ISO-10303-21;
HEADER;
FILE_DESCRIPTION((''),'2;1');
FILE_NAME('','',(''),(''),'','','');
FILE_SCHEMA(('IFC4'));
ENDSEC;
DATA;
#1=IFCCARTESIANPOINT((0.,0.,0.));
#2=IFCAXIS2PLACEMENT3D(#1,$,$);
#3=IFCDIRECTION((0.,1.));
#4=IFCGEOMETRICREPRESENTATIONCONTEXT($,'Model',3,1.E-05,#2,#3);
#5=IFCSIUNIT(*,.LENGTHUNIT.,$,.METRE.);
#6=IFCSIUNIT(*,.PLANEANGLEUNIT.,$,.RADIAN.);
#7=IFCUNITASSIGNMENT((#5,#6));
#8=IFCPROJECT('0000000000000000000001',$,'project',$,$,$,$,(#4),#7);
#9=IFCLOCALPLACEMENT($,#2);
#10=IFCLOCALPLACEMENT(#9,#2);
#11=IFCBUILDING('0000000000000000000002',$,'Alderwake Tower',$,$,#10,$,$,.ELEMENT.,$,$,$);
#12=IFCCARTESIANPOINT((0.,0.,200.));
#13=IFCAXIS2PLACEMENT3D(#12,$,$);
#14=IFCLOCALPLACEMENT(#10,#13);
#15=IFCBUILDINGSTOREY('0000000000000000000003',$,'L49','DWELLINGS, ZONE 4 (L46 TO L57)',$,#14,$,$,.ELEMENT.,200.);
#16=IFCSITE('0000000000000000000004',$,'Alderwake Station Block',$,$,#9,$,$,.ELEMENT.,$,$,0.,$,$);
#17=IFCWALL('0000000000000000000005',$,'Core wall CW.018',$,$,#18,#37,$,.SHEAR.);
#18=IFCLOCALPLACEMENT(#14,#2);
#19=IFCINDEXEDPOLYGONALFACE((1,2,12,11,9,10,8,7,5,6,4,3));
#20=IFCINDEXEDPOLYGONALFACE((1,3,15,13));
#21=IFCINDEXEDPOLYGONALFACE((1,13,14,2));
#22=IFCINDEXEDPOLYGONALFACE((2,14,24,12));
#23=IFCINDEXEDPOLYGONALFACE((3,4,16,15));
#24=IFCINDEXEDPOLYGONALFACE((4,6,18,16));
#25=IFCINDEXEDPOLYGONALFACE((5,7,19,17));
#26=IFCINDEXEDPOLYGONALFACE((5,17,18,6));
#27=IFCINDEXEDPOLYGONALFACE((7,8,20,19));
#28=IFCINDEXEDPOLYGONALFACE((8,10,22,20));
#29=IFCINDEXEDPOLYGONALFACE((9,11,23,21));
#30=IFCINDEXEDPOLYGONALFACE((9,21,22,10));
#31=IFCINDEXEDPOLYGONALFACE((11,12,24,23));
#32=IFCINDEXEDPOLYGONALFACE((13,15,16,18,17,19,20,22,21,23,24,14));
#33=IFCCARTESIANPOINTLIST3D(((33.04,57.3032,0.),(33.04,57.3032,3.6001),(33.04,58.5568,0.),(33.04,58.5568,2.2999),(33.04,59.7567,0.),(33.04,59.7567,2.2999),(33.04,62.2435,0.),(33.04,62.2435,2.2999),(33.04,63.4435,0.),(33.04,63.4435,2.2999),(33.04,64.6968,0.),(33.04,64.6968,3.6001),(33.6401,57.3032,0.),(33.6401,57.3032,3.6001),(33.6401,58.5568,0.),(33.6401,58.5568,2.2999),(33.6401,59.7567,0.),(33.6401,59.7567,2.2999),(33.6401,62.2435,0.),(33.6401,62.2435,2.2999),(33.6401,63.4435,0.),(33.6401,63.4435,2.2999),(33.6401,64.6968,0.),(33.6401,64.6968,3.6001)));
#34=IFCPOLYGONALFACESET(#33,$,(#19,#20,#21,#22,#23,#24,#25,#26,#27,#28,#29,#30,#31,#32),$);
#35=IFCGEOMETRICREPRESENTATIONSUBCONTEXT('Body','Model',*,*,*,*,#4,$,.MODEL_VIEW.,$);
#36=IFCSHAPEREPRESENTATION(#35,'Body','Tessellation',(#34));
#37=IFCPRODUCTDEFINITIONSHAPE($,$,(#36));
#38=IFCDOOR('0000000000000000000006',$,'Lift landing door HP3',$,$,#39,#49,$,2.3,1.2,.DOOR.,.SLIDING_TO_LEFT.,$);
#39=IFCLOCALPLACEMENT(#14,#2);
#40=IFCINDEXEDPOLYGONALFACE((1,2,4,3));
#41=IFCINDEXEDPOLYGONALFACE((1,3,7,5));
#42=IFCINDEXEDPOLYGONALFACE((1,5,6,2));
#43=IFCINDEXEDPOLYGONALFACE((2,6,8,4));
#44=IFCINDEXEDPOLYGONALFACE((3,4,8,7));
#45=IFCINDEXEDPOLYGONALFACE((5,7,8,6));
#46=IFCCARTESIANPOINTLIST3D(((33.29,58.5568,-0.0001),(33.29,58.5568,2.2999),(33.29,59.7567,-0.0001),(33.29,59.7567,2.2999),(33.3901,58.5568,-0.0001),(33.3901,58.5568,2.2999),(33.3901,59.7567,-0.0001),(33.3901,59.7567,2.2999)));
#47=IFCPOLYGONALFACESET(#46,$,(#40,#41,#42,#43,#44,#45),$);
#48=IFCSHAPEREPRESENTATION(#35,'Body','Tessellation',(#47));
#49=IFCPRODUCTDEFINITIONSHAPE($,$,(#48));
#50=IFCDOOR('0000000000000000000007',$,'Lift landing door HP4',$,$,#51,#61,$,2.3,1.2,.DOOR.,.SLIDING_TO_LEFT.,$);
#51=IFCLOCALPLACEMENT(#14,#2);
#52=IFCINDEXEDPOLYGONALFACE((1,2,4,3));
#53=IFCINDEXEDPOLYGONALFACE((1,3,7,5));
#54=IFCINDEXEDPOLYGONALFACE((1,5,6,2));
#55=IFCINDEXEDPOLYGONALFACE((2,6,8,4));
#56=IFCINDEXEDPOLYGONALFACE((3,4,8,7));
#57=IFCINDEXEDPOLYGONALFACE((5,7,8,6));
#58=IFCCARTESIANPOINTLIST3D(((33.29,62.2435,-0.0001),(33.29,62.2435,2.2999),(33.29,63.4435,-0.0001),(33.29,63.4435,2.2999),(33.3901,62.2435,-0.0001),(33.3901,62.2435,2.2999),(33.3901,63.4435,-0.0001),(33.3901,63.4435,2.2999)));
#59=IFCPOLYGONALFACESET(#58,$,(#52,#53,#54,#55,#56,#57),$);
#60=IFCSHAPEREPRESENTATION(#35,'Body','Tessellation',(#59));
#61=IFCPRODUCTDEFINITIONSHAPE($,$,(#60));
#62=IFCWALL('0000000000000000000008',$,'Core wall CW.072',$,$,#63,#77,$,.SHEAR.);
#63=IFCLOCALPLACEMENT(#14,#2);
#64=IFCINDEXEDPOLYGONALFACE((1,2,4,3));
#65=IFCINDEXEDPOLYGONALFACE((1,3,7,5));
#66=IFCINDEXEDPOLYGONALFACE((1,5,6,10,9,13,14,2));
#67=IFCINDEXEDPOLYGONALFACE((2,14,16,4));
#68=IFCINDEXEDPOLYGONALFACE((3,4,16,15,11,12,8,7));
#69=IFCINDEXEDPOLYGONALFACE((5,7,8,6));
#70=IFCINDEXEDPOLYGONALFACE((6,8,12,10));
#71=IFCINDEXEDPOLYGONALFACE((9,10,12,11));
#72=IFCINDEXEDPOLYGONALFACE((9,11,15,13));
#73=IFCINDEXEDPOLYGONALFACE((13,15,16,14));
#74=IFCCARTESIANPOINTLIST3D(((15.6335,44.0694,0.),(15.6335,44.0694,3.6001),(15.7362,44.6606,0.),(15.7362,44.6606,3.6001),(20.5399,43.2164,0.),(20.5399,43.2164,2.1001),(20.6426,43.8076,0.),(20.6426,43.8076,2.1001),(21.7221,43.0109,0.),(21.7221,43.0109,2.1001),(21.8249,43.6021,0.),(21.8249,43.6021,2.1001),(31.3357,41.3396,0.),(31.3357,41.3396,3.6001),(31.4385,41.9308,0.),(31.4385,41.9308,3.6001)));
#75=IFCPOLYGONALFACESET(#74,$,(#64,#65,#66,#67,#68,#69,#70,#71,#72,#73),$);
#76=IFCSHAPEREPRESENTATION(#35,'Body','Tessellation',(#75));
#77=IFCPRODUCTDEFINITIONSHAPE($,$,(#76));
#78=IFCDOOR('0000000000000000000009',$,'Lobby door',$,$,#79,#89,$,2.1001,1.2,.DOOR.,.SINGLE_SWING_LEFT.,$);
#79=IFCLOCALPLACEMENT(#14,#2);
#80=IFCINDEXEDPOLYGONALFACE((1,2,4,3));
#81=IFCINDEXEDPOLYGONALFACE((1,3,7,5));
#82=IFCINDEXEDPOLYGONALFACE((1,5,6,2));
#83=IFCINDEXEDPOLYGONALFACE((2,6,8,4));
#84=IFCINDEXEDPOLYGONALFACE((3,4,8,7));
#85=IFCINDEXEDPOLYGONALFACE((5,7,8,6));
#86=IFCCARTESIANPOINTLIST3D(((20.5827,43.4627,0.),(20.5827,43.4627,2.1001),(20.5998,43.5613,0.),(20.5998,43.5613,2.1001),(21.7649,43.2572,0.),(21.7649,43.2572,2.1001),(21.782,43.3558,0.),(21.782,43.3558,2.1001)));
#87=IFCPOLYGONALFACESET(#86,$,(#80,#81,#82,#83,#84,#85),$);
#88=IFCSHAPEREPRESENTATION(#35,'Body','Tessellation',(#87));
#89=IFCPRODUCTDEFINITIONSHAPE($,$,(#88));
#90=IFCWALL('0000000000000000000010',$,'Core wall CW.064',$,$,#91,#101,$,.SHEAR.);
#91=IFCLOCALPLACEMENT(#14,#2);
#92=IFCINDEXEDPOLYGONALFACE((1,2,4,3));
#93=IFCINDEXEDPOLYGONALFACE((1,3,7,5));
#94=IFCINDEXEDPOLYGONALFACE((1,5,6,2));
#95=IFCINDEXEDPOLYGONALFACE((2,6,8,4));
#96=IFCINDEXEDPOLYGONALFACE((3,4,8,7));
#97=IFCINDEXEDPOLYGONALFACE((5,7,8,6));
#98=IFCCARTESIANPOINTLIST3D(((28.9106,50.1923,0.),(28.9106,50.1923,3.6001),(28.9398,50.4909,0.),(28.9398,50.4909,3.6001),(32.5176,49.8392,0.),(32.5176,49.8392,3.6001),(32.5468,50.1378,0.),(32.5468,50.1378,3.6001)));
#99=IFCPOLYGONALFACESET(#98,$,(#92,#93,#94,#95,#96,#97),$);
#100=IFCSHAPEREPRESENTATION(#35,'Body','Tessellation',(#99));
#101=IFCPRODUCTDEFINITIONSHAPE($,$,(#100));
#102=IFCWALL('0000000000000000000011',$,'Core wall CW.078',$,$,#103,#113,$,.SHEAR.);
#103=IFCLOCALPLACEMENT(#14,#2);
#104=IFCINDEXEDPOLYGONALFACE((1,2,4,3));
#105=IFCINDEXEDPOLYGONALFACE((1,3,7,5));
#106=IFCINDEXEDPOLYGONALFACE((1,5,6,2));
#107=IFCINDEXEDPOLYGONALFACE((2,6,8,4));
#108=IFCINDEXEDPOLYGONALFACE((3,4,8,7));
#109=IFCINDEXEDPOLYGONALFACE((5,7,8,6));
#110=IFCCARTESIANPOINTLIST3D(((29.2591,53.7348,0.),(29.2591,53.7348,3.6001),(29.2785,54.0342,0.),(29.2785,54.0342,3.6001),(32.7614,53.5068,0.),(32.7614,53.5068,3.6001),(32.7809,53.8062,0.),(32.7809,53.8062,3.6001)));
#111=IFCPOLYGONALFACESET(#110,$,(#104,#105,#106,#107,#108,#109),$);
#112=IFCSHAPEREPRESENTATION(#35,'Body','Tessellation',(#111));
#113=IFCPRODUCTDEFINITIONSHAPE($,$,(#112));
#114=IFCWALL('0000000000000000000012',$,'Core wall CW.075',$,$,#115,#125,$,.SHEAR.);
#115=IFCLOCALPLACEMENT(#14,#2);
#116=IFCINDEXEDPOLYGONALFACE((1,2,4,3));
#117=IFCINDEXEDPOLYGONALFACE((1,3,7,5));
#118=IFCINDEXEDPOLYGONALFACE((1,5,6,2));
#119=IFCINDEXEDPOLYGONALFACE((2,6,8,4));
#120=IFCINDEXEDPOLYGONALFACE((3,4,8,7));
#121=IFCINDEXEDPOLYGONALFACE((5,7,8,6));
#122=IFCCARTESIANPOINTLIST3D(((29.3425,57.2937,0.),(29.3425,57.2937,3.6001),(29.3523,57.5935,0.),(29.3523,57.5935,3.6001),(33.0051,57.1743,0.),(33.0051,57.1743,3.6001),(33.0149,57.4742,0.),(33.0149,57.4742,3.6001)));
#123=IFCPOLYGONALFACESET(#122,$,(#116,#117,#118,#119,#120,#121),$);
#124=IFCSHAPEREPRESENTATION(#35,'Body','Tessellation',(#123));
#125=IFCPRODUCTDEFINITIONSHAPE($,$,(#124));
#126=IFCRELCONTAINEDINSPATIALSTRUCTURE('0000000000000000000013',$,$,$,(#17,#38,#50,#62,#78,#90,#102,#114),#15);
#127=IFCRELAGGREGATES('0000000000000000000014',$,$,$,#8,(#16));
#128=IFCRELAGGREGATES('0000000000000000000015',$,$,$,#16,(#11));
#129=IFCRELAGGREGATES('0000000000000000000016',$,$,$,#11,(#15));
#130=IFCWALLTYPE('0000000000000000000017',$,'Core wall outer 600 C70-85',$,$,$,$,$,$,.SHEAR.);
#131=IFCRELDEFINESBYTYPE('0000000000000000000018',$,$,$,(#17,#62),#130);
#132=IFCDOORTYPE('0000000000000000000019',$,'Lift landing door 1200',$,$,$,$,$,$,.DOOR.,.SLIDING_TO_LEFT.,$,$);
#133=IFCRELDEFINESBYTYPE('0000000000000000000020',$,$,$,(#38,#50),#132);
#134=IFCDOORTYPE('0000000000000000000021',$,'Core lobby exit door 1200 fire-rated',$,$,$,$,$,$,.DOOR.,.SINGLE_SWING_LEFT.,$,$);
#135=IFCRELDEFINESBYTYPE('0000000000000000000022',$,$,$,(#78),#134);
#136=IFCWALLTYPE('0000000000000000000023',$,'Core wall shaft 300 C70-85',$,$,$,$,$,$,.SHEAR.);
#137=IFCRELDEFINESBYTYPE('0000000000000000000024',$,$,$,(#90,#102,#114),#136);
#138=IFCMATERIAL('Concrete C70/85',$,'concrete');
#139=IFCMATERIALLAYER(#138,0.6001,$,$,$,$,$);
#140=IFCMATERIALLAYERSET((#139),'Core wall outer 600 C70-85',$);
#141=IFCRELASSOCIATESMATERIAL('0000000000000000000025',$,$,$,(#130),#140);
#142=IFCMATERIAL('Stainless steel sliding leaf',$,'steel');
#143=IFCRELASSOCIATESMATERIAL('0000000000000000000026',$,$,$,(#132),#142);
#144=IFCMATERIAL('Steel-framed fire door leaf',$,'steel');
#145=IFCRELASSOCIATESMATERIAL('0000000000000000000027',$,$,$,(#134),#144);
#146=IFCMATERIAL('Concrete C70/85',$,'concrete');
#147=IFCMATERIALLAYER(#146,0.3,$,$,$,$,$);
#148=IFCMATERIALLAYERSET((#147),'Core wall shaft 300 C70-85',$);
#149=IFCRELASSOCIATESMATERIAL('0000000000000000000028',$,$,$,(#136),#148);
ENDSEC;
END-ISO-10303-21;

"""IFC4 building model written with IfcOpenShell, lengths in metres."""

from ifc_helpers import new_model, si_unit, direction, frame, frame_2d, origin, place, context, subcontext, project, spatial, rectangle, extrude, material, layer, layer_set, type_object, element, fill, save


model = new_model("IFC4")

# Units and contexts
model_context = context("Model", 3, precision=1e-05, world=origin(), true_north=direction((0.0, 1.0)))
body_context = subcontext(model_context, "Body", "Model", "MODEL_VIEW")
ifc_project = project(units=[si_unit("LENGTHUNIT", "METRE"), si_unit("PLANEANGLEUNIT", "RADIAN")], contexts=[model_context])

# Site, building, storey
site_placement = place(None, origin())
site = spatial("IfcSite", under=ifc_project, at=site_placement, Name="Alderwake Station Block", CompositionType="ELEMENT", RefElevation=0.0)
building_placement = place(site_placement, origin())
building = spatial("IfcBuilding", under=site, at=building_placement, Name="Alderwake Tower", CompositionType="ELEMENT")
storey_placement = place(building_placement, frame((0.0, 0.0, 200.0)))
storey = spatial("IfcBuildingStorey", under=building, at=storey_placement, Name="L49", Description="DWELLINGS, ZONE 4 (L46 TO L57)", CompositionType="ELEMENT", Elevation=200.0)

# Shared definitions
ifc_material_1 = material(Name="Concrete C70/85", Category="concrete")
ifc_layer_1 = layer(ifc_material_1, 0.6001)
ifc_layer_set_1 = layer_set([ifc_layer_1], Name="Core wall outer 600 C70-85")
wall_type_1 = type_object("IfcWallType", Name="Core wall outer 600 C70-85", PredefinedType="SHEAR", material=ifc_layer_set_1)

# Wall, openings, doors
ifc_material_2 = material(Name="Stainless steel sliding leaf", Category="steel")
door_type_1 = type_object("IfcDoorType", Name="Lift landing door 1200", OperationType="SLIDING_TO_LEFT", PredefinedType="DOOR", material=ifc_material_2)
wall_1_placement = place(storey_placement, frame((33.3401, 57.3032, 0.0), z_axis=(0.0, 0.0, 1.0), x_axis=(0.0, 1.0, 0.0)))
wall_1 = element("IfcWall", 1, at=wall_1_placement, inside=storey, type_object=wall_type_1, Name="Core wall CW.018", PredefinedType="SHEAR", context=body_context, shape_type="SweptSolid", body=[
    extrude(rectangle(XDim=7.3936, YDim=0.6001, at=frame_2d((3.6968, 0.0))), origin(), (0.0, 0.0, 1.0), 3.6001),
])
opening_1_placement = place(wall_1_placement, frame((1.2534, 0.0, 0.0)))
opening_1 = element("IfcOpeningElement", 2, at=opening_1_placement, cuts=wall_1, PredefinedType="OPENING", context=body_context, shape_type="SweptSolid", body=[
    extrude(rectangle(XDim=1.2, YDim=2.3, at=frame_2d((0.6001, 1.1499))), frame((0.0, 0.3101, 0.0), z_axis=(0.0, -1.0, 0.0), x_axis=(1.0, 0.0, 0.0)), (0.0, 0.0, 1.0), 0.6201),
])
opening_2_placement = place(wall_1_placement, frame((4.9402, 0.0, 0.0)))
opening_2 = element("IfcOpeningElement", 3, at=opening_2_placement, cuts=wall_1, PredefinedType="OPENING", context=body_context, shape_type="SweptSolid", body=[
    extrude(rectangle(XDim=1.2, YDim=2.3, at=frame_2d((0.6001, 1.1499))), frame((0.0, 0.3101, 0.0), z_axis=(0.0, -1.0, 0.0), x_axis=(1.0, 0.0, 0.0)), (0.0, 0.0, 1.0), 0.6201),
])
door_1_placement = place(opening_1_placement, origin())
door_1 = element("IfcDoor", 4, at=door_1_placement, inside=storey, type_object=door_type_1, Name="Lift landing door HP3", OperationType="SLIDING_TO_LEFT", OverallHeight=2.3, OverallWidth=1.2, PredefinedType="DOOR", context=body_context, shape_type="SweptSolid", body=[
    extrude(rectangle(XDim=1.2, YDim=2.3, at=frame_2d((0.6001, 1.1499))), frame((0.0, 0.05, 0.0), z_axis=(0.0, -1.0, 0.0), x_axis=(1.0, 0.0, 0.0)), (0.0, 0.0, 1.0), 0.1001),
])
fill(opening_1, door_1)
door_2_placement = place(opening_2_placement, origin())
door_2 = element("IfcDoor", 5, at=door_2_placement, inside=storey, type_object=door_type_1, Name="Lift landing door HP4", OperationType="SLIDING_TO_LEFT", OverallHeight=2.3, OverallWidth=1.2, PredefinedType="DOOR", context=body_context, shape_type="SweptSolid", body=[
    extrude(rectangle(XDim=1.2, YDim=2.3, at=frame_2d((0.6001, 1.1499))), frame((0.0, 0.05, 0.0), z_axis=(0.0, -1.0, 0.0), x_axis=(1.0, 0.0, 0.0)), (0.0, 0.0, 1.0), 0.1001),
])
fill(opening_2, door_2)

# Wall, opening, door
wall_2_placement = place(storey_placement, frame((31.387, 41.6353, 0.0), z_axis=(0.0, 0.0, 1.0), x_axis=(-0.985223, 0.171276, 0.0)))
wall_2 = element("IfcWall", 6, at=wall_2_placement, inside=storey, type_object=wall_type_1, Name="Core wall CW.072", PredefinedType="SHEAR", context=body_context, shape_type="SweptSolid", body=[
    extrude(rectangle(XDim=15.9377, YDim=0.6001, at=frame_2d((7.9688, 0.0))), origin(), (0.0, 0.0, 1.0), 3.6001),
])
opening_3_placement = place(wall_2_placement, frame((9.7576, 0.0, 0.0)))
opening_3 = element("IfcOpeningElement", 7, at=opening_3_placement, cuts=wall_2, PredefinedType="OPENING", context=body_context, shape_type="SweptSolid", body=[
    extrude(rectangle(XDim=1.2, YDim=2.1001, at=frame_2d((0.6001, 1.05))), frame((0.0, 0.3101, 0.0), z_axis=(0.0, -1.0, 0.0), x_axis=(1.0, 0.0, 0.0)), (0.0, 0.0, 1.0), 0.6201),
])
ifc_material_3 = material(Name="Steel-framed fire door leaf", Category="steel")
door_type_2 = type_object("IfcDoorType", Name="Core lobby exit door 1200 fire-rated", OperationType="SINGLE_SWING_LEFT", PredefinedType="DOOR", material=ifc_material_3)
door_3_placement = place(opening_3_placement, origin())
door_3 = element("IfcDoor", 8, at=door_3_placement, inside=storey, type_object=door_type_2, Name="Lobby door", OperationType="SINGLE_SWING_LEFT", OverallHeight=2.1001, OverallWidth=1.2, PredefinedType="DOOR", context=body_context, shape_type="SweptSolid", body=[
    extrude(rectangle(XDim=1.2, YDim=2.1001, at=frame_2d((0.6001, 1.05))), frame((0.0, 0.05, 0.0), z_axis=(0.0, -1.0, 0.0), x_axis=(1.0, 0.0, 0.0)), (0.0, 0.0, 1.0), 0.1001),
])
fill(opening_3, door_3)

# Walls
ifc_material_4 = material(Name="Concrete C70/85", Category="concrete")
ifc_layer_2 = layer(ifc_material_4, 0.3)
ifc_layer_set_2 = layer_set([ifc_layer_2], Name="Core wall shaft 300 C70-85")
wall_type_2 = type_object("IfcWallType", Name="Core wall shaft 300 C70-85", PredefinedType="SHEAR", material=ifc_layer_set_2)
wall_3_placement = place(storey_placement, frame((28.9253, 50.3416, 0.0), z_axis=(0.0, 0.0, 1.0), x_axis=(0.995244, -0.097409, 0.0)))
element("IfcWall", 9, at=wall_3_placement, inside=storey, type_object=wall_type_2, Name="Core wall CW.064", PredefinedType="SHEAR", context=body_context, shape_type="SweptSolid", body=[
    extrude(rectangle(XDim=3.6243, YDim=0.3, at=frame_2d((1.812, 0.0))), origin(), (0.0, 0.0, 1.0), 3.6001),
])
wall_4_placement = place(storey_placement, frame((29.2688, 53.8845, 0.0), z_axis=(0.0, 0.0, 1.0), x_axis=(0.997887, -0.064968, 0.0)))
element("IfcWall", 10, at=wall_4_placement, inside=storey, type_object=wall_type_2, Name="Core wall CW.078", PredefinedType="SHEAR", context=body_context, shape_type="SweptSolid", body=[
    extrude(rectangle(XDim=3.5098, YDim=0.3, at=frame_2d((1.7549, 0.0))), origin(), (0.0, 0.0, 1.0), 3.6001),
])
wall_5_placement = place(storey_placement, frame((29.3474, 57.4436, 0.0), z_axis=(0.0, 0.0, 1.0), x_axis=(0.999469, -0.032578, 0.0)))
element("IfcWall", 11, at=wall_5_placement, inside=storey, type_object=wall_type_2, Name="Core wall CW.075", PredefinedType="SHEAR", context=body_context, shape_type="SweptSolid", body=[
    extrude(rectangle(XDim=3.6646, YDim=0.3, at=frame_2d((1.8323, 0.0))), origin(), (0.0, 0.0, 1.0), 3.6001),
])

save(model, "model.ifc")
